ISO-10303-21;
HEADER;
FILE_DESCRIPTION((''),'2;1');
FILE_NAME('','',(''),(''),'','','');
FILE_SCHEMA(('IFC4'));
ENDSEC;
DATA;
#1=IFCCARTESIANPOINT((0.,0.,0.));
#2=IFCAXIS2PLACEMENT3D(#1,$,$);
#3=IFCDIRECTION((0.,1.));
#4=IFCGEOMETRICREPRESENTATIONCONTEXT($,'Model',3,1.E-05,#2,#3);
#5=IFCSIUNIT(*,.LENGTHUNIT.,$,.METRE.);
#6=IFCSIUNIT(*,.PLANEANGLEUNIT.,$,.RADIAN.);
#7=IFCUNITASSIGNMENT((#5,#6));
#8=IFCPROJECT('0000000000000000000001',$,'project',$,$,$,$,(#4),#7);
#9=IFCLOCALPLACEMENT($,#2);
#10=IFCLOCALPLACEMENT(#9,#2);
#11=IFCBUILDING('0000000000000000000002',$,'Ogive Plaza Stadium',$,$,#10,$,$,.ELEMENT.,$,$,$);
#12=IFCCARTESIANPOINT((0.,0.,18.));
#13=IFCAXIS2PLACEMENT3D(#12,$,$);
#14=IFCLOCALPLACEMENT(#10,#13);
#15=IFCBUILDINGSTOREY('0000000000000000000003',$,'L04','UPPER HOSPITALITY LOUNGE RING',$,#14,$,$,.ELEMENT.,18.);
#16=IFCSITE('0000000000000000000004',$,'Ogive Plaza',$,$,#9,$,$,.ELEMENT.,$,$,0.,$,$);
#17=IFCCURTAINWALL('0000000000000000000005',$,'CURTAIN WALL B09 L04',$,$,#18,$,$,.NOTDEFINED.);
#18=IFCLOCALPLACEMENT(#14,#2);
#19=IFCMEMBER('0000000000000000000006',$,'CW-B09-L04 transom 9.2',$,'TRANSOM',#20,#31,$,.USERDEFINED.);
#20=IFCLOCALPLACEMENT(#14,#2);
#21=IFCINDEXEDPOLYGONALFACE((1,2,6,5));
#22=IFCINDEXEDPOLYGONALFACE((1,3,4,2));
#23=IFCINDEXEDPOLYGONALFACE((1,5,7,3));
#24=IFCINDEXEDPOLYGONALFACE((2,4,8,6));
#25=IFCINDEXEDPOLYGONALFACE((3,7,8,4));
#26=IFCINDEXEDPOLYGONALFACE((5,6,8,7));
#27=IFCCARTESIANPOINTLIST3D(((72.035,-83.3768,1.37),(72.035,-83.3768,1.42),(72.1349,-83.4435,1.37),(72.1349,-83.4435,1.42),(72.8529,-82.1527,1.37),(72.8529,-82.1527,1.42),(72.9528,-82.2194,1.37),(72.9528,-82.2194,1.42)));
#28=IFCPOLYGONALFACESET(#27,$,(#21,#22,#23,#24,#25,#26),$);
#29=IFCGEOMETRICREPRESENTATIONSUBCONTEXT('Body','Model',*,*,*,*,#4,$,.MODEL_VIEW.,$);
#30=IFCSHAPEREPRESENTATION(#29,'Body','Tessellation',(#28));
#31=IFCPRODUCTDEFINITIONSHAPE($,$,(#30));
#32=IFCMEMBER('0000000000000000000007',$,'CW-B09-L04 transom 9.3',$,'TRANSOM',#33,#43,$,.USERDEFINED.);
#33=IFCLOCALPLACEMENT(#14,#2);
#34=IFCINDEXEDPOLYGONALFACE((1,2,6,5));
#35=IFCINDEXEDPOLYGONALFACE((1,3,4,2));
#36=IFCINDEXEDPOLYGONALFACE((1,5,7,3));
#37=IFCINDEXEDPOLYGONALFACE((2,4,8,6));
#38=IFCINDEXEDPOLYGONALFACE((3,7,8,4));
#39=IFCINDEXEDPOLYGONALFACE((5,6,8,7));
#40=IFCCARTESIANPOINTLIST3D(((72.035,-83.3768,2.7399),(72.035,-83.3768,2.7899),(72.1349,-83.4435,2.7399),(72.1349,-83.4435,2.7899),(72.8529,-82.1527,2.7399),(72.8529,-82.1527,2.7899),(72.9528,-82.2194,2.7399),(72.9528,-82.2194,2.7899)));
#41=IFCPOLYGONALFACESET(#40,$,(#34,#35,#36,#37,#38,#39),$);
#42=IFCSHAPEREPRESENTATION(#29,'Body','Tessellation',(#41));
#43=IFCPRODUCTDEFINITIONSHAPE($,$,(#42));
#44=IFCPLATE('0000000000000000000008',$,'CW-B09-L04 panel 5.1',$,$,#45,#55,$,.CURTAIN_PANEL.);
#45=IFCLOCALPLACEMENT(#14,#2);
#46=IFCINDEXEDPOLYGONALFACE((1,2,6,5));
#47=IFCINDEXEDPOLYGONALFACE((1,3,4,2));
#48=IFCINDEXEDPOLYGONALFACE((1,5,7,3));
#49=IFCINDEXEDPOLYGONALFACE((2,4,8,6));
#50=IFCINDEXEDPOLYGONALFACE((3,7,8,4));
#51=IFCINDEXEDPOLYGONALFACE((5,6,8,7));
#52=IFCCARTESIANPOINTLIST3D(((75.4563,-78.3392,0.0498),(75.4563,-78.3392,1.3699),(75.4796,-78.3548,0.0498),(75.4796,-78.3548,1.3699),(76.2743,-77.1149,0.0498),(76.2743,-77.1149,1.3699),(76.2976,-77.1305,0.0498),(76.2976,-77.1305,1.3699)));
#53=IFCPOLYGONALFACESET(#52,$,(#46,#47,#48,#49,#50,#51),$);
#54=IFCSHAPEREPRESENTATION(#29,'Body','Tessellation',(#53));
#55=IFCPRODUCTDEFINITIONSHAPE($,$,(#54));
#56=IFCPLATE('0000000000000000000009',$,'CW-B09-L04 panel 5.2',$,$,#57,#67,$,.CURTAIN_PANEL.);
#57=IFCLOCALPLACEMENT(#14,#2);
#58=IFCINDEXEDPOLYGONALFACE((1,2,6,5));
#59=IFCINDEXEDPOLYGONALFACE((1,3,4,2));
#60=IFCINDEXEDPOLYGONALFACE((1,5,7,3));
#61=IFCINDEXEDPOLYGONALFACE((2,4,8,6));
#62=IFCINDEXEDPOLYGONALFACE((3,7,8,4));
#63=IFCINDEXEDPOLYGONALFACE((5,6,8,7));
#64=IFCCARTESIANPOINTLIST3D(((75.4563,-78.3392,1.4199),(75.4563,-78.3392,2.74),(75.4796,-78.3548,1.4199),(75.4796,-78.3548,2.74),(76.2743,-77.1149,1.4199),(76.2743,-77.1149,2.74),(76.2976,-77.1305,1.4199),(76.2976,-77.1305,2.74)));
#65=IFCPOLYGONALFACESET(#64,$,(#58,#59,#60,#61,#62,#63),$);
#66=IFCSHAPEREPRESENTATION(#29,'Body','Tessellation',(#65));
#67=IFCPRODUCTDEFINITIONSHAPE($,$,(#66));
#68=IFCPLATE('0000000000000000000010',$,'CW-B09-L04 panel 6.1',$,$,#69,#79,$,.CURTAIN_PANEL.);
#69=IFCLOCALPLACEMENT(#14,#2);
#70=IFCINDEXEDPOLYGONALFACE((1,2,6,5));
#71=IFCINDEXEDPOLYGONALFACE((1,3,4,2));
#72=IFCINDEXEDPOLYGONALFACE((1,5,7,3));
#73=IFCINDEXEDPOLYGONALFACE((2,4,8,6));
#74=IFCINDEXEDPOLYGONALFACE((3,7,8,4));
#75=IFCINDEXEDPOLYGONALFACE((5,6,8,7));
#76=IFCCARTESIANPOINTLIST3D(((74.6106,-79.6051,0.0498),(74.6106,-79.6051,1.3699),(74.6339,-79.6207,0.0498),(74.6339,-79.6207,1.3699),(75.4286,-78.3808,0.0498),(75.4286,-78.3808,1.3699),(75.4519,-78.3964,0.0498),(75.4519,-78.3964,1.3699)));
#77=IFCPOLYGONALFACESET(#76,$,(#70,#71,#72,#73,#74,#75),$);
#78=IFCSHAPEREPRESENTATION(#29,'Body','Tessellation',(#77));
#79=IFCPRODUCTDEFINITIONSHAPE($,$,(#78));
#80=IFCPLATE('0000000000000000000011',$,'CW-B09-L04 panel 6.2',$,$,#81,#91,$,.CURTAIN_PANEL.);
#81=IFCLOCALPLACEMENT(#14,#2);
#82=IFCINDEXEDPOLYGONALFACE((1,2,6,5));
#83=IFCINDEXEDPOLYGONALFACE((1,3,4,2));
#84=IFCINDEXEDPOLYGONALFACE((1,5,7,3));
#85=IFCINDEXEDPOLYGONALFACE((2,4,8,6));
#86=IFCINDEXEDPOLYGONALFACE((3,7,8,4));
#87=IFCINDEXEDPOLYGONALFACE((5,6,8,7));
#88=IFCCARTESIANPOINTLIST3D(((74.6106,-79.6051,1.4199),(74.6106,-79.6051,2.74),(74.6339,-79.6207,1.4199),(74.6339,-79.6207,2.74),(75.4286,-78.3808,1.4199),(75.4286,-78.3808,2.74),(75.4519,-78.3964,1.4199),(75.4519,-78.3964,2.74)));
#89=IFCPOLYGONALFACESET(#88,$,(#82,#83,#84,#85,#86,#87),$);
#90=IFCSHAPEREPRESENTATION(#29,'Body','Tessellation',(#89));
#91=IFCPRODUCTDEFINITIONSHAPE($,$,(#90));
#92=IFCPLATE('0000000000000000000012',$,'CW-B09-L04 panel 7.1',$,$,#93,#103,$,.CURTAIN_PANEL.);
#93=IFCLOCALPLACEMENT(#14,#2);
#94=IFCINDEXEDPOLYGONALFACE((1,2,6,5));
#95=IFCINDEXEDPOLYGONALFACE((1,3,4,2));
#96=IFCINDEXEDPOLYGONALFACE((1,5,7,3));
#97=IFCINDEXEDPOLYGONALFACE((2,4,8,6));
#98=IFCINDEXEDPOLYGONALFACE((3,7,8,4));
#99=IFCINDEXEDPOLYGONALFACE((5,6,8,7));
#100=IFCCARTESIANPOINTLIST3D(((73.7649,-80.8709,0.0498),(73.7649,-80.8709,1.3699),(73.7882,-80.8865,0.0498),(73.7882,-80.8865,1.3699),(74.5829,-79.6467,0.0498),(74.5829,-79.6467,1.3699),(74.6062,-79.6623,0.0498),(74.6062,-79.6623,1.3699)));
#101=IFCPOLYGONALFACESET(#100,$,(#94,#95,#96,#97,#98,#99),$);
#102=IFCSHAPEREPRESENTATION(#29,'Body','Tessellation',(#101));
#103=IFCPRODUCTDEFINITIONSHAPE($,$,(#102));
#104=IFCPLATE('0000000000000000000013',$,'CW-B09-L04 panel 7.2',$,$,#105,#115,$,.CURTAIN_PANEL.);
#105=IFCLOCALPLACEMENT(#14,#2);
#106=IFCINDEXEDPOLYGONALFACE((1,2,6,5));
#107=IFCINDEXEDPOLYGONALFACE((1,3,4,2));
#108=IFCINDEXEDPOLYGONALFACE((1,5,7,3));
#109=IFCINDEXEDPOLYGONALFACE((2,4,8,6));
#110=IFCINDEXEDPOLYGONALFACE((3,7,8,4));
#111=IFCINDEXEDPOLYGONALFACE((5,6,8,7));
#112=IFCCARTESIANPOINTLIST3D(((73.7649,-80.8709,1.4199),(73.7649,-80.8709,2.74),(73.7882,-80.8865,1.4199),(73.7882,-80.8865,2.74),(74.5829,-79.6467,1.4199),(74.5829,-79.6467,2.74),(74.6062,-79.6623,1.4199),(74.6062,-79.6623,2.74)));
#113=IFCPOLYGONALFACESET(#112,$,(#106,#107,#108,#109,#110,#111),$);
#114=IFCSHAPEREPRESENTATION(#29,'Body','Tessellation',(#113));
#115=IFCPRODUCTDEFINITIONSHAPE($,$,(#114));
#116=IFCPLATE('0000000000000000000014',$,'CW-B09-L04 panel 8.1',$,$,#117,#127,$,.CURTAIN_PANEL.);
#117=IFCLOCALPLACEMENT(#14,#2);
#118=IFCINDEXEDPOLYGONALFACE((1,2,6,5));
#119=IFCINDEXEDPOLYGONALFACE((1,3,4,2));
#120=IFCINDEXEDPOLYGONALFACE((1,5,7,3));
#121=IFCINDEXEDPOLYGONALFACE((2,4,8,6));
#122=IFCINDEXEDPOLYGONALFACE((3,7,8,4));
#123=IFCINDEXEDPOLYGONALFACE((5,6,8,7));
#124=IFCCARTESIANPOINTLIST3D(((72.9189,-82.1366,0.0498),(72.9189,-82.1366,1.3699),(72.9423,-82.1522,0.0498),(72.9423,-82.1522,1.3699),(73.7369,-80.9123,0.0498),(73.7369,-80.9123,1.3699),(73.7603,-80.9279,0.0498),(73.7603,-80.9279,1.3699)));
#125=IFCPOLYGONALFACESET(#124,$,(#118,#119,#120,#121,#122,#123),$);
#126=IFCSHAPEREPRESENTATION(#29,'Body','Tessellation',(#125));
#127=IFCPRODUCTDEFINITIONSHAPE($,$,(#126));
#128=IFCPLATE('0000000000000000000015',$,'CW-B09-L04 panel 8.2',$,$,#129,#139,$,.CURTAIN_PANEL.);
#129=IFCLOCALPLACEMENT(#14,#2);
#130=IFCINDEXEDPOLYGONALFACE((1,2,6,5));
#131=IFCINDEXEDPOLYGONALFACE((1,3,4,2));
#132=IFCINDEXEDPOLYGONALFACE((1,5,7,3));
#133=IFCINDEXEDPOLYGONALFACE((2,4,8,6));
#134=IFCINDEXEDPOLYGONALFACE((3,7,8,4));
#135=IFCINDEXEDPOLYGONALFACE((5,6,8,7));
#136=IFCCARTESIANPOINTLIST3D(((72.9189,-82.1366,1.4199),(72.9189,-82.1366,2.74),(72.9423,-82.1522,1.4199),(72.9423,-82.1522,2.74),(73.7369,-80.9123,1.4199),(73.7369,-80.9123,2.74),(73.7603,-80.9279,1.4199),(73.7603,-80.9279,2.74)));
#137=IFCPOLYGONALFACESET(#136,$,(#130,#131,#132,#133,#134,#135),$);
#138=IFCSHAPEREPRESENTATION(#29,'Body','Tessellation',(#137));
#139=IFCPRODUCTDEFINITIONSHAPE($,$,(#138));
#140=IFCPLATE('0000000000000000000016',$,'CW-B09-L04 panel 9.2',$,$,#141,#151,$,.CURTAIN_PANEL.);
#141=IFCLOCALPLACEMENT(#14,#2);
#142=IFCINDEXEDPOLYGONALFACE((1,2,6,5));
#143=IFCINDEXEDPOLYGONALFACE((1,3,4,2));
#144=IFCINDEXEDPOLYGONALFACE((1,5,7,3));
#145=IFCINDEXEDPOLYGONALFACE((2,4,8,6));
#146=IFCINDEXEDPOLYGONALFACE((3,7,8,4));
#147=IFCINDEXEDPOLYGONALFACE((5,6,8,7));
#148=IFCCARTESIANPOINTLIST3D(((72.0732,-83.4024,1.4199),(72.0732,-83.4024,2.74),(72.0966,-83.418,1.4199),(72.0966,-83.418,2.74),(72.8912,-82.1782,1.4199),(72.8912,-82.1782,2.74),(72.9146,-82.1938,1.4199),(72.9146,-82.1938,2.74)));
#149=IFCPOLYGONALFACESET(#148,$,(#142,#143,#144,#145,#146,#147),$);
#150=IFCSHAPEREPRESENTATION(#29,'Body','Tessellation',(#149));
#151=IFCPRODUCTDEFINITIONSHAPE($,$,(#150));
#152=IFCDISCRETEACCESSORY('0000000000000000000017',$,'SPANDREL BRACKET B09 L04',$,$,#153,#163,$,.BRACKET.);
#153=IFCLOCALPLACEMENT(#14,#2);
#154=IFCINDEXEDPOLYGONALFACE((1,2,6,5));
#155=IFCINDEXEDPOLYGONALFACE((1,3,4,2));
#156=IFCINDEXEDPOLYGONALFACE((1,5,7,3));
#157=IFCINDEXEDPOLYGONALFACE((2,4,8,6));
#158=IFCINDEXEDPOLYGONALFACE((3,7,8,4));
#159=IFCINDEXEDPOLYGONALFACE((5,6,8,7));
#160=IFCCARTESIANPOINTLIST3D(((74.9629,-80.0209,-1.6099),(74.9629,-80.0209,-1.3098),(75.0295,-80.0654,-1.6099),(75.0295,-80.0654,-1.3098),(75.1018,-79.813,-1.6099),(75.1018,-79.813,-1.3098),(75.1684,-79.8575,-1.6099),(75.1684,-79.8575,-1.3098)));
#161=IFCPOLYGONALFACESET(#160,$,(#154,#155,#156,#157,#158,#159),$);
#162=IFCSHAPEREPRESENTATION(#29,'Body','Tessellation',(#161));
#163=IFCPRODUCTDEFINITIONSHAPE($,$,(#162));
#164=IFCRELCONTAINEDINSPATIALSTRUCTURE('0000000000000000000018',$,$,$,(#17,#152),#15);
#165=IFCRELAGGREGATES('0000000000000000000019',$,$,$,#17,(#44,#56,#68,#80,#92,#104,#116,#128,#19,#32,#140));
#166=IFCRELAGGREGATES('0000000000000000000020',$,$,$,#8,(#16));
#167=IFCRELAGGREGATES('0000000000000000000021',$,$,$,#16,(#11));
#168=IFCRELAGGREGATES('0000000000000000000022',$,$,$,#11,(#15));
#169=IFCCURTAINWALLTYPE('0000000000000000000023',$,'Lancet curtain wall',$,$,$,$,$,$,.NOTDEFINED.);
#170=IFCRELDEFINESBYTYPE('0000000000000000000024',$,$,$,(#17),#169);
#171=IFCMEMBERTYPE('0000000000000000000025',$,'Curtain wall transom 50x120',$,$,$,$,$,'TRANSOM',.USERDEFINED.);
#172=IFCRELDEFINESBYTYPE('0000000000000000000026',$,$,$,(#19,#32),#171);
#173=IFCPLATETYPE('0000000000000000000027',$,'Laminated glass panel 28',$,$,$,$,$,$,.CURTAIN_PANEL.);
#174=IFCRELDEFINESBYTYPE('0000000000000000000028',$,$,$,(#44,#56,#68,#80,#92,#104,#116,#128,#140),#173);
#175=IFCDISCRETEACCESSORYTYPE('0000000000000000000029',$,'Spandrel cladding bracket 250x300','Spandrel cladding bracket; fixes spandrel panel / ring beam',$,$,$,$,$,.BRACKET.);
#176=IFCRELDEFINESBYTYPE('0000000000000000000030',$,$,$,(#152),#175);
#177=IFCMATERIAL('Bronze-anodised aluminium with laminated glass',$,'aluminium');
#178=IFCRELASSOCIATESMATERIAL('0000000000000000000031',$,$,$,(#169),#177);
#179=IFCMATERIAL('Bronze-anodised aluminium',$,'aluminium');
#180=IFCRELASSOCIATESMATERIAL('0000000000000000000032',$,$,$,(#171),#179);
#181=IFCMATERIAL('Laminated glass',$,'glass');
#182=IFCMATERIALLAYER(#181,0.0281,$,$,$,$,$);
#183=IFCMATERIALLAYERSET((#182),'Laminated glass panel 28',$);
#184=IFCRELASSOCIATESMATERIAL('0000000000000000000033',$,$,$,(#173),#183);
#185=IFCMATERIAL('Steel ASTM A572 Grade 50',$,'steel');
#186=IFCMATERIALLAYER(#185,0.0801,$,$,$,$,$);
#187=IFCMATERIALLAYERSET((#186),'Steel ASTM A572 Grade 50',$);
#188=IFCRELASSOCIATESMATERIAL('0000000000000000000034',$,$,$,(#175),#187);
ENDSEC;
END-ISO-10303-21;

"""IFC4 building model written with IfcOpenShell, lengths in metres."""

from ifc_helpers import new_model, si_unit, direction, frame, origin, origin_2d, place, context, subcontext, project, spatial, rectangle, extrude, material, layer, layer_set, material_profile, profile_set, type_object, element, aggregate, save


model = new_model("IFC4")

# Units and contexts
model_context = context("Model", 3, precision=1e-05, world=origin(), true_north=direction((0.0, 1.0)))
body_context = subcontext(model_context, "Body", "Model", "MODEL_VIEW")
ifc_project = project(units=[si_unit("LENGTHUNIT", "METRE"), si_unit("PLANEANGLEUNIT", "RADIAN")], contexts=[model_context])

# Site, building, storey
site_placement = place(None, origin())
site = spatial("IfcSite", under=ifc_project, at=site_placement, Name="Ogive Plaza", CompositionType="ELEMENT", RefElevation=0.0)
building_placement = place(site_placement, origin())
building = spatial("IfcBuilding", under=site, at=building_placement, Name="Ogive Plaza Stadium", CompositionType="ELEMENT")
storey_placement = place(building_placement, frame((0.0, 0.0, 18.0)))
storey = spatial("IfcBuildingStorey", under=building, at=storey_placement, Name="L04", Description="UPPER HOSPITALITY LOUNGE RING", CompositionType="ELEMENT", Elevation=18.0)

# Curtain wall, members, plates
ifc_material_1 = material(Name="Bronze-anodised aluminium with laminated glass", Category="aluminium")
curtain_wall_type = type_object("IfcCurtainWallType", Name="Lancet curtain wall", PredefinedType="NOTDEFINED", material=ifc_material_1)
curtain_wall_placement = place(storey_placement, origin())
curtain_wall = element("IfcCurtainWall", 1, at=curtain_wall_placement, inside=storey, type_object=curtain_wall_type, Name="CURTAIN WALL B09 L04", PredefinedType="NOTDEFINED")
ifc_material_2 = material(Name="Bronze-anodised aluminium", Category="aluminium")
ifc_material_profile_1 = material_profile(ifc_material_2, rectangle(XDim=0.1201, YDim=0.05, at=origin_2d()), Name="AL 120x50")
ifc_profile_set_1 = profile_set([ifc_material_profile_1], Name="Bronze-anodised aluminium")
member_type_1 = type_object("IfcMemberType", Name="Curtain wall transom 50x120", ElementType="TRANSOM", PredefinedType="USERDEFINED", material=ifc_profile_set_1)
member_1_placement = place(storey_placement, frame((72.9028, -82.186, 1.395), z_axis=(-0.555542, -0.831489, 0.0), x_axis=(0.831489, -0.555542, 0.0)))
member_1 = element("IfcMember", 2, at=member_1_placement, type_object=member_type_1, Name="CW-B09-L04 transom 9.2", ObjectType="TRANSOM", PredefinedType="USERDEFINED", context=body_context, shape_type="SweptSolid", body=[
    extrude(rectangle(XDim=0.1201, YDim=0.05, at=origin_2d()), origin(), (0.0, 0.0, 1.0), 1.4722),
])
member_2_placement = place(storey_placement, frame((72.9028, -82.186, 2.7649), z_axis=(-0.555542, -0.831489, 0.0), x_axis=(0.831489, -0.555542, 0.0)))
member_2 = element("IfcMember", 3, at=member_2_placement, type_object=member_type_1, Name="CW-B09-L04 transom 9.3", ObjectType="TRANSOM", PredefinedType="USERDEFINED", context=body_context, shape_type="SweptSolid", body=[
    extrude(rectangle(XDim=0.1201, YDim=0.05, at=origin_2d()), origin(), (0.0, 0.0, 1.0), 1.4722),
])
ifc_material_3 = material(Name="Laminated glass", Category="glass")
ifc_layer_1 = layer(ifc_material_3, 0.0281)
ifc_layer_set_1 = layer_set([ifc_layer_1], Name="Laminated glass panel 28")
plate_type = type_object("IfcPlateType", Name="Laminated glass panel 28", PredefinedType="CURTAIN_PANEL", material=ifc_layer_set_1)
plate_1_placement = place(storey_placement, frame((75.877, -77.7349, 0.0498), z_axis=(0.0, 0.0, 1.0), x_axis=(-0.55557, -0.83147, 0.0)))
plate_1 = element("IfcPlate", 4, at=plate_1_placement, type_object=plate_type, Name="CW-B09-L04 panel 5.1", PredefinedType="CURTAIN_PANEL", context=body_context, shape_type="SweptSolid", body=[
    extrude(rectangle(XDim=1.4724, YDim=0.0281, at=origin_2d()), origin(), (0.0, 0.0, 1.0), 1.3201),
])
plate_2_placement = place(storey_placement, frame((75.877, -77.7349, 1.4199), z_axis=(0.0, 0.0, 1.0), x_axis=(-0.55557, -0.83147, 0.0)))
plate_2 = element("IfcPlate", 5, at=plate_2_placement, type_object=plate_type, Name="CW-B09-L04 panel 5.2", PredefinedType="CURTAIN_PANEL", context=body_context, shape_type="SweptSolid", body=[
    extrude(rectangle(XDim=1.4724, YDim=0.0281, at=origin_2d()), origin(), (0.0, 0.0, 1.0), 1.3201),
])
plate_3_placement = place(storey_placement, frame((75.0312, -79.0007, 0.0498), z_axis=(0.0, 0.0, 1.0), x_axis=(-0.55557, -0.83147, 0.0)))
plate_3 = element("IfcPlate", 6, at=plate_3_placement, type_object=plate_type, Name="CW-B09-L04 panel 6.1", PredefinedType="CURTAIN_PANEL", context=body_context, shape_type="SweptSolid", body=[
    extrude(rectangle(XDim=1.4724, YDim=0.0281, at=origin_2d()), origin(), (0.0, 0.0, 1.0), 1.3201),
])
plate_4_placement = place(storey_placement, frame((75.0312, -79.0007, 1.4199), z_axis=(0.0, 0.0, 1.0), x_axis=(-0.55557, -0.83147, 0.0)))
plate_4 = element("IfcPlate", 7, at=plate_4_placement, type_object=plate_type, Name="CW-B09-L04 panel 6.2", PredefinedType="CURTAIN_PANEL", context=body_context, shape_type="SweptSolid", body=[
    extrude(rectangle(XDim=1.4724, YDim=0.0281, at=origin_2d()), origin(), (0.0, 0.0, 1.0), 1.3201),
])
plate_5_placement = place(storey_placement, frame((74.1855, -80.2666, 0.0498), z_axis=(0.0, 0.0, 1.0), x_axis=(-0.55557, -0.83147, 0.0)))
plate_5 = element("IfcPlate", 8, at=plate_5_placement, type_object=plate_type, Name="CW-B09-L04 panel 7.1", PredefinedType="CURTAIN_PANEL", context=body_context, shape_type="SweptSolid", body=[
    extrude(rectangle(XDim=1.4724, YDim=0.0281, at=origin_2d()), origin(), (0.0, 0.0, 1.0), 1.3201),
])
plate_6_placement = place(storey_placement, frame((74.1855, -80.2666, 1.4199), z_axis=(0.0, 0.0, 1.0), x_axis=(-0.55557, -0.83147, 0.0)))
plate_6 = element("IfcPlate", 9, at=plate_6_placement, type_object=plate_type, Name="CW-B09-L04 panel 7.2", PredefinedType="CURTAIN_PANEL", context=body_context, shape_type="SweptSolid", body=[
    extrude(rectangle(XDim=1.4724, YDim=0.0281, at=origin_2d()), origin(), (0.0, 0.0, 1.0), 1.3201),
])
plate_7_placement = place(storey_placement, frame((73.3396, -81.5322, 0.0498), z_axis=(0.0, 0.0, 1.0), x_axis=(-0.55557, -0.83147, 0.0)))
plate_7 = element("IfcPlate", 10, at=plate_7_placement, type_object=plate_type, Name="CW-B09-L04 panel 8.1", PredefinedType="CURTAIN_PANEL", context=body_context, shape_type="SweptSolid", body=[
    extrude(rectangle(XDim=1.4724, YDim=0.0281, at=origin_2d()), origin(), (0.0, 0.0, 1.0), 1.3201),
])
plate_8_placement = place(storey_placement, frame((73.3396, -81.5322, 1.4199), z_axis=(0.0, 0.0, 1.0), x_axis=(-0.55557, -0.83147, 0.0)))
plate_8 = element("IfcPlate", 11, at=plate_8_placement, type_object=plate_type, Name="CW-B09-L04 panel 8.2", PredefinedType="CURTAIN_PANEL", context=body_context, shape_type="SweptSolid", body=[
    extrude(rectangle(XDim=1.4724, YDim=0.0281, at=origin_2d()), origin(), (0.0, 0.0, 1.0), 1.3201),
])
plate_9_placement = place(storey_placement, frame((72.4939, -82.7981, 1.4199), z_axis=(0.0, 0.0, 1.0), x_axis=(-0.55557, -0.83147, 0.0)))
plate_9 = element("IfcPlate", 12, at=plate_9_placement, type_object=plate_type, Name="CW-B09-L04 panel 9.2", PredefinedType="CURTAIN_PANEL", context=body_context, shape_type="SweptSolid", body=[
    extrude(rectangle(XDim=1.4724, YDim=0.0281, at=origin_2d()), origin(), (0.0, 0.0, 1.0), 1.3201),
])
aggregate(curtain_wall, [plate_1, plate_2, plate_3, plate_4, plate_5, plate_6, plate_7, plate_8, member_1, member_2, plate_9])

# Discrete accessory
ifc_material_4 = material(Name="Steel ASTM A572 Grade 50", Category="steel")
ifc_layer_2 = layer(ifc_material_4, 0.0801)
ifc_layer_set_2 = layer_set([ifc_layer_2], Name="Steel ASTM A572 Grade 50")
discrete_accessory_type = type_object("IfcDiscreteAccessoryType", Name="Spandrel cladding bracket 250x300", Description="Spandrel cladding bracket; fixes spandrel panel / ring beam", PredefinedType="BRACKET", material=ifc_layer_set_2)
discrete_accessory_placement = place(storey_placement, frame((75.0657, -79.9392, -1.6099), z_axis=(0.0, 0.0, 1.0), x_axis=(-0.55557, -0.83147, 0.0)))
element("IfcDiscreteAccessory", 13, at=discrete_accessory_placement, inside=storey, type_object=discrete_accessory_type, Name="SPANDREL BRACKET B09 L04", PredefinedType="BRACKET", context=body_context, shape_type="SweptSolid", body=[
    extrude(rectangle(XDim=0.25, YDim=0.0801, at=origin_2d()), origin(), (0.0, 0.0, 1.0), 0.3),
])

save(model, "model.ifc")
